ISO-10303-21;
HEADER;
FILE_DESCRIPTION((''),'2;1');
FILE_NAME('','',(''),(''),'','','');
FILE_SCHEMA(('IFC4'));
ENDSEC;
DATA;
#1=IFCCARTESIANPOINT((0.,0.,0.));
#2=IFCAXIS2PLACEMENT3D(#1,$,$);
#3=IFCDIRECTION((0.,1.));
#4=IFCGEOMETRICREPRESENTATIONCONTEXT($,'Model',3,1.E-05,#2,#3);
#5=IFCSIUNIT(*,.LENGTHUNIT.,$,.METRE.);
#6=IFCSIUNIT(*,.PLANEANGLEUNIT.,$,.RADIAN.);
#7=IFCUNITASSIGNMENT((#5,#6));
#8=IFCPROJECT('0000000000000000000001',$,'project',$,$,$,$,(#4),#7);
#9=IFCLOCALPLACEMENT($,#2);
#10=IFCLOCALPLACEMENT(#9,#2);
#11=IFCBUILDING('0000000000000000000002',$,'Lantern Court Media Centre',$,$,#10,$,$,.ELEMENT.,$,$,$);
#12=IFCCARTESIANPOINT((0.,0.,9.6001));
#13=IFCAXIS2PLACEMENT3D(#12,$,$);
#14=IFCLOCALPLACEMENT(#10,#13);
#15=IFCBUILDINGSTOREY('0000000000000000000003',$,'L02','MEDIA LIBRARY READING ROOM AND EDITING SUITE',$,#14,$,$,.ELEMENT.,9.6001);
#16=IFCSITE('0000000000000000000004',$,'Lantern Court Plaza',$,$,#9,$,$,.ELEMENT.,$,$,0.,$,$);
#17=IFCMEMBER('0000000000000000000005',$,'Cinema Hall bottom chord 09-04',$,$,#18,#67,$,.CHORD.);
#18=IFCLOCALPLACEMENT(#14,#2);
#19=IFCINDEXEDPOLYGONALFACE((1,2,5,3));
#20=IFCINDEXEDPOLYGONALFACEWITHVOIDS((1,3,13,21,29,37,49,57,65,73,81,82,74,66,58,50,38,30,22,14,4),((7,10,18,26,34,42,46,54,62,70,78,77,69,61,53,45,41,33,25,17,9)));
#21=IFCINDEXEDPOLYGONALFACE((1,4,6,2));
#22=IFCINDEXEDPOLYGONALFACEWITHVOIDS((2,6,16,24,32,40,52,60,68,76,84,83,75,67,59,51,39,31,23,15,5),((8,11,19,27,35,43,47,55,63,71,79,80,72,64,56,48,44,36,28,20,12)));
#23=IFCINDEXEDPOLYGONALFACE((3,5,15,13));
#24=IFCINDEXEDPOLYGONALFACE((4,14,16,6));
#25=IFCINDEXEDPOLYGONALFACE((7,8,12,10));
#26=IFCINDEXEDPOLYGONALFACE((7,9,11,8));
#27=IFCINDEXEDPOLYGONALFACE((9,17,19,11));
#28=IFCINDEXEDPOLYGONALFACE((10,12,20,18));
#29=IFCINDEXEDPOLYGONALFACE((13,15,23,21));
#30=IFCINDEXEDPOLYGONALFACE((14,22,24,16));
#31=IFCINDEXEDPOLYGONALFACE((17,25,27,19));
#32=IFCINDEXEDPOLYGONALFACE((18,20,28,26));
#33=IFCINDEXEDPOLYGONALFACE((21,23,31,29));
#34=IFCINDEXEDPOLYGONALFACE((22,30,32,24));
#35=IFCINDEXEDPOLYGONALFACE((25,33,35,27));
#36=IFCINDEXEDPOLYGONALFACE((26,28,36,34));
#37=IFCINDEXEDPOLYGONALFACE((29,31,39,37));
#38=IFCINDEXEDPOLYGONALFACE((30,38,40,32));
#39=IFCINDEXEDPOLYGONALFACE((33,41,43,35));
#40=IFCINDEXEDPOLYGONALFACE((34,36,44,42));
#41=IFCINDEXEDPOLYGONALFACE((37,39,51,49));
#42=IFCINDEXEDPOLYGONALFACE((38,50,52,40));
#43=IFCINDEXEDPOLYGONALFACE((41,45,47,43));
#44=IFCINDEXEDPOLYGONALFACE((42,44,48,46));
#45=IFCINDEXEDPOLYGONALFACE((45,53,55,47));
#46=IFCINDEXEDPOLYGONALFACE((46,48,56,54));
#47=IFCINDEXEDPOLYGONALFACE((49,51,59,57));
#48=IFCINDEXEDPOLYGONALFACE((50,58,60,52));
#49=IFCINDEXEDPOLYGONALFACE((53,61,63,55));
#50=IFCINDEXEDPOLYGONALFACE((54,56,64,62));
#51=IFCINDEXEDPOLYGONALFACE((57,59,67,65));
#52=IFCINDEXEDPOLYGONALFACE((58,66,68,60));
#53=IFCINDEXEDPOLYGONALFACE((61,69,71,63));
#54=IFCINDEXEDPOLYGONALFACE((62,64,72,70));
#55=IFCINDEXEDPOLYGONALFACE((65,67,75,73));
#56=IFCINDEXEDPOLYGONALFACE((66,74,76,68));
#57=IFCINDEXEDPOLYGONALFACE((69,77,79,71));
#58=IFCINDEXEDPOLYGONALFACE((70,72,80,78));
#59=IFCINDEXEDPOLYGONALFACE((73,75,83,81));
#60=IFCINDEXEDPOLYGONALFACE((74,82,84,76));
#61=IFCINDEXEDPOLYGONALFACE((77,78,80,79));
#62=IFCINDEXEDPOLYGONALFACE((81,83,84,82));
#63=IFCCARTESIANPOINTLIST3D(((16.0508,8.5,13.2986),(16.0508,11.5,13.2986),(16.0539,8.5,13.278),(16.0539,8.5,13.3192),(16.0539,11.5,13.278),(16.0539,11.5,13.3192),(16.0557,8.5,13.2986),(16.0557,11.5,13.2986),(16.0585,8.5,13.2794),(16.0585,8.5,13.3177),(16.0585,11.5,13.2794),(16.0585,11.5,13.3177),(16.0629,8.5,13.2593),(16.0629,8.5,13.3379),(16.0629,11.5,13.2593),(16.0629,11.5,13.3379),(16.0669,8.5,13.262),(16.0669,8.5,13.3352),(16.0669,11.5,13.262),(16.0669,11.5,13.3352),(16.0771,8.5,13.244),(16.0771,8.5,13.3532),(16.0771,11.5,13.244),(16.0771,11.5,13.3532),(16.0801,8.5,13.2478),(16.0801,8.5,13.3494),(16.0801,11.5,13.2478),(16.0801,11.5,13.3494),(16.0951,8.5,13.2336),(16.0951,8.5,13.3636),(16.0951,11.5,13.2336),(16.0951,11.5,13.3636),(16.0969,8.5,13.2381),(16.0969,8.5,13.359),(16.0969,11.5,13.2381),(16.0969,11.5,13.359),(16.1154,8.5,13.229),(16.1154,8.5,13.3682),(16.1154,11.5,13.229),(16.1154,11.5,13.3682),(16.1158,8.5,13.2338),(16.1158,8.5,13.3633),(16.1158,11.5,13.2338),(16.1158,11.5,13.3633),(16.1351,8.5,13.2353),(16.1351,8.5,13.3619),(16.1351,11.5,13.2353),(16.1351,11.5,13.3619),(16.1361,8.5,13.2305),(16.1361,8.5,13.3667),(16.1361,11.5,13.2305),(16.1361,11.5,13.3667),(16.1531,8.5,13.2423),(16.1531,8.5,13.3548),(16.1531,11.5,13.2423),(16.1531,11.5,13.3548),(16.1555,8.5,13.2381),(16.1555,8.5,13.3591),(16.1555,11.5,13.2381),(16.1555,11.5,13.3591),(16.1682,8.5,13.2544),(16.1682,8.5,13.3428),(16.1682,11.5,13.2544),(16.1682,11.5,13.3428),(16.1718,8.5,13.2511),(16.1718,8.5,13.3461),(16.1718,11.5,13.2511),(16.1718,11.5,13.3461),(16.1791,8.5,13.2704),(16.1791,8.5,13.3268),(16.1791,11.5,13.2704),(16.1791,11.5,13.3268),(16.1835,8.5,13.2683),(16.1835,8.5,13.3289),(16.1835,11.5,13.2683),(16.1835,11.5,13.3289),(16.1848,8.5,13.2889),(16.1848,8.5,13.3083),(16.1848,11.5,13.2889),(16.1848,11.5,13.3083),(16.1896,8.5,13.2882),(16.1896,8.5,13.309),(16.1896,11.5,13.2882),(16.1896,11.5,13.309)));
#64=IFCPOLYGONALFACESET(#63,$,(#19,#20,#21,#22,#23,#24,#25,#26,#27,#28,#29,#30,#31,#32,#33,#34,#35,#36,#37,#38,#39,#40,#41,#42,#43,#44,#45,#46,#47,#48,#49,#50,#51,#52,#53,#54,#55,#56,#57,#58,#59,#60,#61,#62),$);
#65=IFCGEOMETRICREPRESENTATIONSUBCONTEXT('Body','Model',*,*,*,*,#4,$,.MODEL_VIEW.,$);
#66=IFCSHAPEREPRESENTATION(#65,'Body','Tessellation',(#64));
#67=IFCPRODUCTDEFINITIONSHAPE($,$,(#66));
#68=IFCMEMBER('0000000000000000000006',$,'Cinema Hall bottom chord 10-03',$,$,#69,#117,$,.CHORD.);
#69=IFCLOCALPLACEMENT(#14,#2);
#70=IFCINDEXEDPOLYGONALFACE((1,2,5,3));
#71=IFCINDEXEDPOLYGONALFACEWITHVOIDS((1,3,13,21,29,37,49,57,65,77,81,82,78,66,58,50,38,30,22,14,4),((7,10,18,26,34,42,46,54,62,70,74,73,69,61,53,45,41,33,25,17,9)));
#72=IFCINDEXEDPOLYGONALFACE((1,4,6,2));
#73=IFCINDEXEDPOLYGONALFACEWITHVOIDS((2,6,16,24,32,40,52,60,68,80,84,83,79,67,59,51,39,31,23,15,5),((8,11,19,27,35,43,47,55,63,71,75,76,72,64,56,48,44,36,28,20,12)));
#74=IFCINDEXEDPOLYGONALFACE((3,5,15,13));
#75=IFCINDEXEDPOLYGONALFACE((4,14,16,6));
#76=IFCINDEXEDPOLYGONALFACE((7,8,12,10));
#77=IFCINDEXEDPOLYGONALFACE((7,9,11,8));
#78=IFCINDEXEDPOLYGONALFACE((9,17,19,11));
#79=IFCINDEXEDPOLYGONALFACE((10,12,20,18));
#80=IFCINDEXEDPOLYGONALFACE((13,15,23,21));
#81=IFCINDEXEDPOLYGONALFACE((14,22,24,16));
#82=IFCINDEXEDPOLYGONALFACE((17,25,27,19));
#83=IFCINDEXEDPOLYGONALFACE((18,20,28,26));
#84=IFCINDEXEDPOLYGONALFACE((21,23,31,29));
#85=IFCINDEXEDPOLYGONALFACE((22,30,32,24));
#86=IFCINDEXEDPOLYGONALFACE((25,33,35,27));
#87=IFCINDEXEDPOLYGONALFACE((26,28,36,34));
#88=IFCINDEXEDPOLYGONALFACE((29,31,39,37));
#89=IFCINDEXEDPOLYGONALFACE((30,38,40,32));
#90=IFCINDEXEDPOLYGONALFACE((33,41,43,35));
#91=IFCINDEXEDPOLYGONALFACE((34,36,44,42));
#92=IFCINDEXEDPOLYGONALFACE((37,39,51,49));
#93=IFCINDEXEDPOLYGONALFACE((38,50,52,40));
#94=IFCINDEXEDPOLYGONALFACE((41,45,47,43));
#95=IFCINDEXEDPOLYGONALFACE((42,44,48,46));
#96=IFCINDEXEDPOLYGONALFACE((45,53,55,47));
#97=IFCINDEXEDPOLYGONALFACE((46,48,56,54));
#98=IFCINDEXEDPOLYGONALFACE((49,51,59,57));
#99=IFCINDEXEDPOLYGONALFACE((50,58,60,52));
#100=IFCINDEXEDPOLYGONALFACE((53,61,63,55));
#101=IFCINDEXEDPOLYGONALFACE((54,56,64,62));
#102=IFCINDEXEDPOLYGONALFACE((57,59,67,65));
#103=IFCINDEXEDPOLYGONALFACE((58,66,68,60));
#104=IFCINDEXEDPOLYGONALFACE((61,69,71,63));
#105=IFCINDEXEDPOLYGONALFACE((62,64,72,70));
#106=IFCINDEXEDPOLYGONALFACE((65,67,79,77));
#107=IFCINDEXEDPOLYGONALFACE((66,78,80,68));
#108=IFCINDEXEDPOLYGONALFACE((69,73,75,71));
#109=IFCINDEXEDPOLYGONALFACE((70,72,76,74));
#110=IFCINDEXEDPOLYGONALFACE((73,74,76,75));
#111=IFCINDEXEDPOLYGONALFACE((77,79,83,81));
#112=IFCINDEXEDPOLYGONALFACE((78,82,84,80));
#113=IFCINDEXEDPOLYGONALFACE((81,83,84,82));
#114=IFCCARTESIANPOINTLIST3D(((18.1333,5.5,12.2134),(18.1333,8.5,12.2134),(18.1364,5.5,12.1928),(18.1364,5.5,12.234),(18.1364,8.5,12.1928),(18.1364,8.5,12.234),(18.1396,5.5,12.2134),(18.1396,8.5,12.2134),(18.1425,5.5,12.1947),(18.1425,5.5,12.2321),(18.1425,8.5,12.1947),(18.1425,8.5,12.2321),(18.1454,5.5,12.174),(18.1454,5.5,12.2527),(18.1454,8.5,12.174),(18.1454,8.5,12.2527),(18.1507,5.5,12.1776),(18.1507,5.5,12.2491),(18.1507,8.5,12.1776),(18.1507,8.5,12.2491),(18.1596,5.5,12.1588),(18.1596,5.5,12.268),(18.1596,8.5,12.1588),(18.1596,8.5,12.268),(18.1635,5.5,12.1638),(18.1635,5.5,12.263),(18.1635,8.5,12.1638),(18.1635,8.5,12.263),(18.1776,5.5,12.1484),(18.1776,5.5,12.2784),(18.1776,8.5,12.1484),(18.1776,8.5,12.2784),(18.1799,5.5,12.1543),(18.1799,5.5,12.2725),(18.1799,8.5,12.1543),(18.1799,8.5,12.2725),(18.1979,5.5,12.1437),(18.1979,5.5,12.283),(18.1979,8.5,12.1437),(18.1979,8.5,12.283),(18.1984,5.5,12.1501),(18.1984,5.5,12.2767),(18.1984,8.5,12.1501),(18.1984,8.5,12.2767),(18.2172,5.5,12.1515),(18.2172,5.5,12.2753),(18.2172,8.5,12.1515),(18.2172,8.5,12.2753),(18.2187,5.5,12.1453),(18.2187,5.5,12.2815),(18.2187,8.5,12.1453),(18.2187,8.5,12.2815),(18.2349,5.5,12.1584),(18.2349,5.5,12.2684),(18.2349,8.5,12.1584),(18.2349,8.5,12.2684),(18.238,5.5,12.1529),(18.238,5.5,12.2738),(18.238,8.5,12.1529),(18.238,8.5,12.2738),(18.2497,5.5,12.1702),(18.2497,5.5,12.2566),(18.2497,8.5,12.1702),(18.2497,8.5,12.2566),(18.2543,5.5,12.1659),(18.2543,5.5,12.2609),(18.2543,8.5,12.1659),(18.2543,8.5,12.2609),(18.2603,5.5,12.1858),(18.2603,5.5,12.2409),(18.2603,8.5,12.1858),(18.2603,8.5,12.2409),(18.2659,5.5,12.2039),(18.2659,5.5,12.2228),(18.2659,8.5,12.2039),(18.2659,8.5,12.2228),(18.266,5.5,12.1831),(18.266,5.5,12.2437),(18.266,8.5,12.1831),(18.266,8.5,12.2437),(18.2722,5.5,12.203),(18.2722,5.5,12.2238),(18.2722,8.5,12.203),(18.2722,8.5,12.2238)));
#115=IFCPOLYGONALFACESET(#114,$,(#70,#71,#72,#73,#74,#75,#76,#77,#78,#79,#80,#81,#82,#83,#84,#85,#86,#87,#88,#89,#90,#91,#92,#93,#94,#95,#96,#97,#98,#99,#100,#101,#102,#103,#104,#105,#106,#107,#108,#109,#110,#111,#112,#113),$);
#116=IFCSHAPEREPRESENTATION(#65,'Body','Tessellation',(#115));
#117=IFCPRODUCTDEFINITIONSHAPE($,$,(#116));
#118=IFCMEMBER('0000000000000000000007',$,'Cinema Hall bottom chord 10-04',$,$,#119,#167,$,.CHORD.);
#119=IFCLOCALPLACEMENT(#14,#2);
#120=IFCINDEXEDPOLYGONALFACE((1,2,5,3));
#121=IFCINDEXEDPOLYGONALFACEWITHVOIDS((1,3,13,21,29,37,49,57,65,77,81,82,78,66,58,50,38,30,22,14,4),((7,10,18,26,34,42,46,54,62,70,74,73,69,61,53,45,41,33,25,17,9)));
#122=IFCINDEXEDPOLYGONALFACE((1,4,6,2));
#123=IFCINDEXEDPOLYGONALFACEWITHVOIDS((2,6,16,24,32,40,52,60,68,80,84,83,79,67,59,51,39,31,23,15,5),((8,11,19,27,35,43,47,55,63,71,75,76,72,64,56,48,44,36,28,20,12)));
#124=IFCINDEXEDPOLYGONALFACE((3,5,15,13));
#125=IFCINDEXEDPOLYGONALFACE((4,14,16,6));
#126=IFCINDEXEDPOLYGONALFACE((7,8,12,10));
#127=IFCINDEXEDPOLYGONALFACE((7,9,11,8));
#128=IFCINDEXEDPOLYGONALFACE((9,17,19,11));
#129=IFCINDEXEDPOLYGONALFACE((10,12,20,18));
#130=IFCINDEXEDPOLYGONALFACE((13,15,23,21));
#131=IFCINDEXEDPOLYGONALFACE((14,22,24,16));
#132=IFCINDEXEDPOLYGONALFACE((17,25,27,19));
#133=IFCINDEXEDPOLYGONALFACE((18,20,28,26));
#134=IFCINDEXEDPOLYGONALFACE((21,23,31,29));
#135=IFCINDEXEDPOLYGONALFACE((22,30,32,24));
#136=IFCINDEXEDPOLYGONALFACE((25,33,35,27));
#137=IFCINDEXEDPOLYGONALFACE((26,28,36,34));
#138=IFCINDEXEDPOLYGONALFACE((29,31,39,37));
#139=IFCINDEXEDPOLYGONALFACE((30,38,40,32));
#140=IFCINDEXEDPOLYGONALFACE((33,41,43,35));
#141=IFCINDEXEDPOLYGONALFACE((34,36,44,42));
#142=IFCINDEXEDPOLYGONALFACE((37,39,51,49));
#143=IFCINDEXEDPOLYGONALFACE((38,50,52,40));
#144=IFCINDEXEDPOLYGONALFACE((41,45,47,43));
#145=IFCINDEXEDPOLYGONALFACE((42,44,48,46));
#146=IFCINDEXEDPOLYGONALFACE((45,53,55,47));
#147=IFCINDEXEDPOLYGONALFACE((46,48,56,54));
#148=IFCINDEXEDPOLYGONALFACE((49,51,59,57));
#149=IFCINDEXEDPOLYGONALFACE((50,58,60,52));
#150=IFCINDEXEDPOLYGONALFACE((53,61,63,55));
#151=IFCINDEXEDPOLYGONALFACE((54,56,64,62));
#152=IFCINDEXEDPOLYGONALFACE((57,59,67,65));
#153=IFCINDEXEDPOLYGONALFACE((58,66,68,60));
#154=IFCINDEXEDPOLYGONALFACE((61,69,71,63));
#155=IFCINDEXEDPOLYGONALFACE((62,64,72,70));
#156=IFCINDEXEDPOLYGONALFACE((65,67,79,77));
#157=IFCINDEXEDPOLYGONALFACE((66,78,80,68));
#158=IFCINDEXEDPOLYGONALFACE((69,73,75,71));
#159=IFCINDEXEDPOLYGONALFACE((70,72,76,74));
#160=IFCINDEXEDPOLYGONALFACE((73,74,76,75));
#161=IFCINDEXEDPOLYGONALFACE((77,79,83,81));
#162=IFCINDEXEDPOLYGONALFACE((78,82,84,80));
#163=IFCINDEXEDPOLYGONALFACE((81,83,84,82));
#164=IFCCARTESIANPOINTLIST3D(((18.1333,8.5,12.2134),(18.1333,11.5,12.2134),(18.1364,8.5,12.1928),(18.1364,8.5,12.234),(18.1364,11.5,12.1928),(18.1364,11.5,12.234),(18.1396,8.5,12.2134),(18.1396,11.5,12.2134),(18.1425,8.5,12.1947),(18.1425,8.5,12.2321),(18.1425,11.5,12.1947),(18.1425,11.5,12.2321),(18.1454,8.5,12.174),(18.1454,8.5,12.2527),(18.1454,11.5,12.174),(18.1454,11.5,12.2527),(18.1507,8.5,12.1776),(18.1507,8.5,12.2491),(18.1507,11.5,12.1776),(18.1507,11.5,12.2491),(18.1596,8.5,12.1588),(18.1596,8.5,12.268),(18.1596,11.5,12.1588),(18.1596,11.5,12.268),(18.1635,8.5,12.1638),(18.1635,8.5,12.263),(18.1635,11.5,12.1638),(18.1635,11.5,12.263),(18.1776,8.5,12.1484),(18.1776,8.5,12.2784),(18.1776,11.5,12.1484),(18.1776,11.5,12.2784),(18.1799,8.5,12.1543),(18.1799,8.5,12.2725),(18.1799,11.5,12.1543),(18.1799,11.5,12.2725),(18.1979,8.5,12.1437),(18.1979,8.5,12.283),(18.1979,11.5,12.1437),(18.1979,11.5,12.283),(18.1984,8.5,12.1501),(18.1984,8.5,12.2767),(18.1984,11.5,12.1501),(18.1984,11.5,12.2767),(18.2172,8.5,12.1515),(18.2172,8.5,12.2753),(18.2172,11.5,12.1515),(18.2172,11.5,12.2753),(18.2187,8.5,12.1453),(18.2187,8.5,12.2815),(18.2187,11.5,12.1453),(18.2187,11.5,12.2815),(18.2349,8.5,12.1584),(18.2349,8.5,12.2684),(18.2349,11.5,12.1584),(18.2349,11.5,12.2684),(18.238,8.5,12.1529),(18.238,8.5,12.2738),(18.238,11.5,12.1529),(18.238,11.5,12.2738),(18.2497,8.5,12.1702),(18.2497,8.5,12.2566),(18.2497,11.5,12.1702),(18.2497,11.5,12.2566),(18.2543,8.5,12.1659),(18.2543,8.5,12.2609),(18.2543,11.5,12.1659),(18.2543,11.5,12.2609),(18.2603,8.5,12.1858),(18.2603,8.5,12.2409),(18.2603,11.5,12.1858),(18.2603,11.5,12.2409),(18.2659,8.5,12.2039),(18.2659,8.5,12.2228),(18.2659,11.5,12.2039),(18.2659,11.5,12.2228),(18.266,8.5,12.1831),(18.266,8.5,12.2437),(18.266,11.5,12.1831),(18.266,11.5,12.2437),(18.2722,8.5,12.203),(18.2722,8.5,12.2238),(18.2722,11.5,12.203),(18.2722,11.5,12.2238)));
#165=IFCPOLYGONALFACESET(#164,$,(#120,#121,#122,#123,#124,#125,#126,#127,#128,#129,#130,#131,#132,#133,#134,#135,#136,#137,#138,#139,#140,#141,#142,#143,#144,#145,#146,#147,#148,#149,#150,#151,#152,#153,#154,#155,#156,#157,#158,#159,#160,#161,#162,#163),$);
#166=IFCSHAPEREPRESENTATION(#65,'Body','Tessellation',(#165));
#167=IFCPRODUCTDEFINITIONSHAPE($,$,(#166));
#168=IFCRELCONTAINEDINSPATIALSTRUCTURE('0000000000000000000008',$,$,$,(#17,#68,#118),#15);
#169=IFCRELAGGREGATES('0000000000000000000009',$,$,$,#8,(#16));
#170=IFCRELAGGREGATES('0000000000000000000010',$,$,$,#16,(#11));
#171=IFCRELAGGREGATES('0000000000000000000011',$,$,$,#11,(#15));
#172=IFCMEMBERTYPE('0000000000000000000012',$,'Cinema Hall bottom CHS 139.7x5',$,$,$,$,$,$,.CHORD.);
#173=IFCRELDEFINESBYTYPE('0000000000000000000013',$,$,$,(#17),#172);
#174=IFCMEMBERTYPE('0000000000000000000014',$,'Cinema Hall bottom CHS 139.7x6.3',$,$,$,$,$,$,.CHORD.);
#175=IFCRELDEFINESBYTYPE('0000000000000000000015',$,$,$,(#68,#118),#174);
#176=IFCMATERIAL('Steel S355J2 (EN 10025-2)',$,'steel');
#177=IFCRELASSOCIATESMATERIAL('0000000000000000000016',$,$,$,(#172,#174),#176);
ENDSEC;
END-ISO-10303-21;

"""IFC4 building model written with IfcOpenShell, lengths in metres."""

from ifc_helpers import new_model, si_unit, direction, frame, origin, origin_2d, place, context, subcontext, project, spatial, hollow_circle, extrude, material, material_profile, profile_set, type_object, element, save


model = new_model("IFC4")

# Units and contexts
model_context = context("Model", 3, precision=1e-05, world=origin(), true_north=direction((0.0, 1.0)))
body_context = subcontext(model_context, "Body", "Model", "MODEL_VIEW")
ifc_project = project(units=[si_unit("LENGTHUNIT", "METRE"), si_unit("PLANEANGLEUNIT", "RADIAN")], contexts=[model_context])

# Site, building, storey
site_placement = place(None, origin())
site = spatial("IfcSite", under=ifc_project, at=site_placement, Name="Lantern Court Plaza", CompositionType="ELEMENT", RefElevation=0.0)
building_placement = place(site_placement, origin())
building = spatial("IfcBuilding", under=site, at=building_placement, Name="Lantern Court Media Centre", CompositionType="ELEMENT")
storey_placement = place(building_placement, frame((0.0, 0.0, 9.6001)))
storey = spatial("IfcBuildingStorey", under=building, at=storey_placement, Name="L02", Description="MEDIA LIBRARY READING ROOM AND EDITING SUITE", CompositionType="ELEMENT", Elevation=9.6001)

# Members
ifc_material = material(Name="Steel S355J2 (EN 10025-2)", Category="steel")
ifc_material_profile_1 = material_profile(ifc_material, hollow_circle(Radius=0.0698, WallThickness=0.0049, at=origin_2d()), Name="Cinema Hall bottom CHS 139.7x5")
ifc_profile_set_1 = profile_set([ifc_material_profile_1], Name="Steel S355J2 (EN 10025-2)")
member_type_1 = type_object("IfcMemberType", Name="Cinema Hall bottom CHS 139.7x5", PredefinedType="CHORD", material=ifc_profile_set_1)
member_1_placement = place(storey_placement, frame((16.1206, 8.5, 13.2986), z_axis=(0.0, 1.0, 0.0), x_axis=(-1.0, 0.0, 0.0)))
element("IfcMember", 1, at=member_1_placement, inside=storey, type_object=member_type_1, Name="Cinema Hall bottom chord 09-04", PredefinedType="CHORD", context=body_context, shape_type="SweptSolid", body=[
    extrude(hollow_circle(Radius=0.0698, WallThickness=0.0049, at=origin_2d()), origin(), (0.0, 0.0, 1.0), 3.0),
])
ifc_material_profile_2 = material_profile(ifc_material, hollow_circle(Radius=0.0698, WallThickness=0.0063, at=origin_2d()), Name="Cinema Hall bottom CHS 139.7x6.3")
ifc_profile_set_2 = profile_set([ifc_material_profile_2], Name="Steel S355J2 (EN 10025-2)")
member_type_2 = type_object("IfcMemberType", Name="Cinema Hall bottom CHS 139.7x6.3", PredefinedType="CHORD", material=ifc_profile_set_2)
for number, where, z_axis, x_axis, name in (
    (2, (18.2031, 5.5, 12.2134), (0.0, 1.0, 0.0), (-1.0, 0.0, 0.0), "Cinema Hall bottom chord 10-03"),
    (3, (18.2031, 8.5, 12.2134), (0.0, 1.0, 0.0), (-1.0, 0.0, 0.0), "Cinema Hall bottom chord 10-04"),
):
    element("IfcMember", number, at=place(storey_placement, frame(where, z_axis=z_axis, x_axis=x_axis)), inside=storey, type_object=member_type_2, Name=name, PredefinedType="CHORD", context=body_context, shape_type="SweptSolid", body=[
        extrude(hollow_circle(Radius=0.0698, WallThickness=0.0063, at=origin_2d()), origin(), (0.0, 0.0, 1.0), 3.0),
    ])

save(model, "model.ifc")
